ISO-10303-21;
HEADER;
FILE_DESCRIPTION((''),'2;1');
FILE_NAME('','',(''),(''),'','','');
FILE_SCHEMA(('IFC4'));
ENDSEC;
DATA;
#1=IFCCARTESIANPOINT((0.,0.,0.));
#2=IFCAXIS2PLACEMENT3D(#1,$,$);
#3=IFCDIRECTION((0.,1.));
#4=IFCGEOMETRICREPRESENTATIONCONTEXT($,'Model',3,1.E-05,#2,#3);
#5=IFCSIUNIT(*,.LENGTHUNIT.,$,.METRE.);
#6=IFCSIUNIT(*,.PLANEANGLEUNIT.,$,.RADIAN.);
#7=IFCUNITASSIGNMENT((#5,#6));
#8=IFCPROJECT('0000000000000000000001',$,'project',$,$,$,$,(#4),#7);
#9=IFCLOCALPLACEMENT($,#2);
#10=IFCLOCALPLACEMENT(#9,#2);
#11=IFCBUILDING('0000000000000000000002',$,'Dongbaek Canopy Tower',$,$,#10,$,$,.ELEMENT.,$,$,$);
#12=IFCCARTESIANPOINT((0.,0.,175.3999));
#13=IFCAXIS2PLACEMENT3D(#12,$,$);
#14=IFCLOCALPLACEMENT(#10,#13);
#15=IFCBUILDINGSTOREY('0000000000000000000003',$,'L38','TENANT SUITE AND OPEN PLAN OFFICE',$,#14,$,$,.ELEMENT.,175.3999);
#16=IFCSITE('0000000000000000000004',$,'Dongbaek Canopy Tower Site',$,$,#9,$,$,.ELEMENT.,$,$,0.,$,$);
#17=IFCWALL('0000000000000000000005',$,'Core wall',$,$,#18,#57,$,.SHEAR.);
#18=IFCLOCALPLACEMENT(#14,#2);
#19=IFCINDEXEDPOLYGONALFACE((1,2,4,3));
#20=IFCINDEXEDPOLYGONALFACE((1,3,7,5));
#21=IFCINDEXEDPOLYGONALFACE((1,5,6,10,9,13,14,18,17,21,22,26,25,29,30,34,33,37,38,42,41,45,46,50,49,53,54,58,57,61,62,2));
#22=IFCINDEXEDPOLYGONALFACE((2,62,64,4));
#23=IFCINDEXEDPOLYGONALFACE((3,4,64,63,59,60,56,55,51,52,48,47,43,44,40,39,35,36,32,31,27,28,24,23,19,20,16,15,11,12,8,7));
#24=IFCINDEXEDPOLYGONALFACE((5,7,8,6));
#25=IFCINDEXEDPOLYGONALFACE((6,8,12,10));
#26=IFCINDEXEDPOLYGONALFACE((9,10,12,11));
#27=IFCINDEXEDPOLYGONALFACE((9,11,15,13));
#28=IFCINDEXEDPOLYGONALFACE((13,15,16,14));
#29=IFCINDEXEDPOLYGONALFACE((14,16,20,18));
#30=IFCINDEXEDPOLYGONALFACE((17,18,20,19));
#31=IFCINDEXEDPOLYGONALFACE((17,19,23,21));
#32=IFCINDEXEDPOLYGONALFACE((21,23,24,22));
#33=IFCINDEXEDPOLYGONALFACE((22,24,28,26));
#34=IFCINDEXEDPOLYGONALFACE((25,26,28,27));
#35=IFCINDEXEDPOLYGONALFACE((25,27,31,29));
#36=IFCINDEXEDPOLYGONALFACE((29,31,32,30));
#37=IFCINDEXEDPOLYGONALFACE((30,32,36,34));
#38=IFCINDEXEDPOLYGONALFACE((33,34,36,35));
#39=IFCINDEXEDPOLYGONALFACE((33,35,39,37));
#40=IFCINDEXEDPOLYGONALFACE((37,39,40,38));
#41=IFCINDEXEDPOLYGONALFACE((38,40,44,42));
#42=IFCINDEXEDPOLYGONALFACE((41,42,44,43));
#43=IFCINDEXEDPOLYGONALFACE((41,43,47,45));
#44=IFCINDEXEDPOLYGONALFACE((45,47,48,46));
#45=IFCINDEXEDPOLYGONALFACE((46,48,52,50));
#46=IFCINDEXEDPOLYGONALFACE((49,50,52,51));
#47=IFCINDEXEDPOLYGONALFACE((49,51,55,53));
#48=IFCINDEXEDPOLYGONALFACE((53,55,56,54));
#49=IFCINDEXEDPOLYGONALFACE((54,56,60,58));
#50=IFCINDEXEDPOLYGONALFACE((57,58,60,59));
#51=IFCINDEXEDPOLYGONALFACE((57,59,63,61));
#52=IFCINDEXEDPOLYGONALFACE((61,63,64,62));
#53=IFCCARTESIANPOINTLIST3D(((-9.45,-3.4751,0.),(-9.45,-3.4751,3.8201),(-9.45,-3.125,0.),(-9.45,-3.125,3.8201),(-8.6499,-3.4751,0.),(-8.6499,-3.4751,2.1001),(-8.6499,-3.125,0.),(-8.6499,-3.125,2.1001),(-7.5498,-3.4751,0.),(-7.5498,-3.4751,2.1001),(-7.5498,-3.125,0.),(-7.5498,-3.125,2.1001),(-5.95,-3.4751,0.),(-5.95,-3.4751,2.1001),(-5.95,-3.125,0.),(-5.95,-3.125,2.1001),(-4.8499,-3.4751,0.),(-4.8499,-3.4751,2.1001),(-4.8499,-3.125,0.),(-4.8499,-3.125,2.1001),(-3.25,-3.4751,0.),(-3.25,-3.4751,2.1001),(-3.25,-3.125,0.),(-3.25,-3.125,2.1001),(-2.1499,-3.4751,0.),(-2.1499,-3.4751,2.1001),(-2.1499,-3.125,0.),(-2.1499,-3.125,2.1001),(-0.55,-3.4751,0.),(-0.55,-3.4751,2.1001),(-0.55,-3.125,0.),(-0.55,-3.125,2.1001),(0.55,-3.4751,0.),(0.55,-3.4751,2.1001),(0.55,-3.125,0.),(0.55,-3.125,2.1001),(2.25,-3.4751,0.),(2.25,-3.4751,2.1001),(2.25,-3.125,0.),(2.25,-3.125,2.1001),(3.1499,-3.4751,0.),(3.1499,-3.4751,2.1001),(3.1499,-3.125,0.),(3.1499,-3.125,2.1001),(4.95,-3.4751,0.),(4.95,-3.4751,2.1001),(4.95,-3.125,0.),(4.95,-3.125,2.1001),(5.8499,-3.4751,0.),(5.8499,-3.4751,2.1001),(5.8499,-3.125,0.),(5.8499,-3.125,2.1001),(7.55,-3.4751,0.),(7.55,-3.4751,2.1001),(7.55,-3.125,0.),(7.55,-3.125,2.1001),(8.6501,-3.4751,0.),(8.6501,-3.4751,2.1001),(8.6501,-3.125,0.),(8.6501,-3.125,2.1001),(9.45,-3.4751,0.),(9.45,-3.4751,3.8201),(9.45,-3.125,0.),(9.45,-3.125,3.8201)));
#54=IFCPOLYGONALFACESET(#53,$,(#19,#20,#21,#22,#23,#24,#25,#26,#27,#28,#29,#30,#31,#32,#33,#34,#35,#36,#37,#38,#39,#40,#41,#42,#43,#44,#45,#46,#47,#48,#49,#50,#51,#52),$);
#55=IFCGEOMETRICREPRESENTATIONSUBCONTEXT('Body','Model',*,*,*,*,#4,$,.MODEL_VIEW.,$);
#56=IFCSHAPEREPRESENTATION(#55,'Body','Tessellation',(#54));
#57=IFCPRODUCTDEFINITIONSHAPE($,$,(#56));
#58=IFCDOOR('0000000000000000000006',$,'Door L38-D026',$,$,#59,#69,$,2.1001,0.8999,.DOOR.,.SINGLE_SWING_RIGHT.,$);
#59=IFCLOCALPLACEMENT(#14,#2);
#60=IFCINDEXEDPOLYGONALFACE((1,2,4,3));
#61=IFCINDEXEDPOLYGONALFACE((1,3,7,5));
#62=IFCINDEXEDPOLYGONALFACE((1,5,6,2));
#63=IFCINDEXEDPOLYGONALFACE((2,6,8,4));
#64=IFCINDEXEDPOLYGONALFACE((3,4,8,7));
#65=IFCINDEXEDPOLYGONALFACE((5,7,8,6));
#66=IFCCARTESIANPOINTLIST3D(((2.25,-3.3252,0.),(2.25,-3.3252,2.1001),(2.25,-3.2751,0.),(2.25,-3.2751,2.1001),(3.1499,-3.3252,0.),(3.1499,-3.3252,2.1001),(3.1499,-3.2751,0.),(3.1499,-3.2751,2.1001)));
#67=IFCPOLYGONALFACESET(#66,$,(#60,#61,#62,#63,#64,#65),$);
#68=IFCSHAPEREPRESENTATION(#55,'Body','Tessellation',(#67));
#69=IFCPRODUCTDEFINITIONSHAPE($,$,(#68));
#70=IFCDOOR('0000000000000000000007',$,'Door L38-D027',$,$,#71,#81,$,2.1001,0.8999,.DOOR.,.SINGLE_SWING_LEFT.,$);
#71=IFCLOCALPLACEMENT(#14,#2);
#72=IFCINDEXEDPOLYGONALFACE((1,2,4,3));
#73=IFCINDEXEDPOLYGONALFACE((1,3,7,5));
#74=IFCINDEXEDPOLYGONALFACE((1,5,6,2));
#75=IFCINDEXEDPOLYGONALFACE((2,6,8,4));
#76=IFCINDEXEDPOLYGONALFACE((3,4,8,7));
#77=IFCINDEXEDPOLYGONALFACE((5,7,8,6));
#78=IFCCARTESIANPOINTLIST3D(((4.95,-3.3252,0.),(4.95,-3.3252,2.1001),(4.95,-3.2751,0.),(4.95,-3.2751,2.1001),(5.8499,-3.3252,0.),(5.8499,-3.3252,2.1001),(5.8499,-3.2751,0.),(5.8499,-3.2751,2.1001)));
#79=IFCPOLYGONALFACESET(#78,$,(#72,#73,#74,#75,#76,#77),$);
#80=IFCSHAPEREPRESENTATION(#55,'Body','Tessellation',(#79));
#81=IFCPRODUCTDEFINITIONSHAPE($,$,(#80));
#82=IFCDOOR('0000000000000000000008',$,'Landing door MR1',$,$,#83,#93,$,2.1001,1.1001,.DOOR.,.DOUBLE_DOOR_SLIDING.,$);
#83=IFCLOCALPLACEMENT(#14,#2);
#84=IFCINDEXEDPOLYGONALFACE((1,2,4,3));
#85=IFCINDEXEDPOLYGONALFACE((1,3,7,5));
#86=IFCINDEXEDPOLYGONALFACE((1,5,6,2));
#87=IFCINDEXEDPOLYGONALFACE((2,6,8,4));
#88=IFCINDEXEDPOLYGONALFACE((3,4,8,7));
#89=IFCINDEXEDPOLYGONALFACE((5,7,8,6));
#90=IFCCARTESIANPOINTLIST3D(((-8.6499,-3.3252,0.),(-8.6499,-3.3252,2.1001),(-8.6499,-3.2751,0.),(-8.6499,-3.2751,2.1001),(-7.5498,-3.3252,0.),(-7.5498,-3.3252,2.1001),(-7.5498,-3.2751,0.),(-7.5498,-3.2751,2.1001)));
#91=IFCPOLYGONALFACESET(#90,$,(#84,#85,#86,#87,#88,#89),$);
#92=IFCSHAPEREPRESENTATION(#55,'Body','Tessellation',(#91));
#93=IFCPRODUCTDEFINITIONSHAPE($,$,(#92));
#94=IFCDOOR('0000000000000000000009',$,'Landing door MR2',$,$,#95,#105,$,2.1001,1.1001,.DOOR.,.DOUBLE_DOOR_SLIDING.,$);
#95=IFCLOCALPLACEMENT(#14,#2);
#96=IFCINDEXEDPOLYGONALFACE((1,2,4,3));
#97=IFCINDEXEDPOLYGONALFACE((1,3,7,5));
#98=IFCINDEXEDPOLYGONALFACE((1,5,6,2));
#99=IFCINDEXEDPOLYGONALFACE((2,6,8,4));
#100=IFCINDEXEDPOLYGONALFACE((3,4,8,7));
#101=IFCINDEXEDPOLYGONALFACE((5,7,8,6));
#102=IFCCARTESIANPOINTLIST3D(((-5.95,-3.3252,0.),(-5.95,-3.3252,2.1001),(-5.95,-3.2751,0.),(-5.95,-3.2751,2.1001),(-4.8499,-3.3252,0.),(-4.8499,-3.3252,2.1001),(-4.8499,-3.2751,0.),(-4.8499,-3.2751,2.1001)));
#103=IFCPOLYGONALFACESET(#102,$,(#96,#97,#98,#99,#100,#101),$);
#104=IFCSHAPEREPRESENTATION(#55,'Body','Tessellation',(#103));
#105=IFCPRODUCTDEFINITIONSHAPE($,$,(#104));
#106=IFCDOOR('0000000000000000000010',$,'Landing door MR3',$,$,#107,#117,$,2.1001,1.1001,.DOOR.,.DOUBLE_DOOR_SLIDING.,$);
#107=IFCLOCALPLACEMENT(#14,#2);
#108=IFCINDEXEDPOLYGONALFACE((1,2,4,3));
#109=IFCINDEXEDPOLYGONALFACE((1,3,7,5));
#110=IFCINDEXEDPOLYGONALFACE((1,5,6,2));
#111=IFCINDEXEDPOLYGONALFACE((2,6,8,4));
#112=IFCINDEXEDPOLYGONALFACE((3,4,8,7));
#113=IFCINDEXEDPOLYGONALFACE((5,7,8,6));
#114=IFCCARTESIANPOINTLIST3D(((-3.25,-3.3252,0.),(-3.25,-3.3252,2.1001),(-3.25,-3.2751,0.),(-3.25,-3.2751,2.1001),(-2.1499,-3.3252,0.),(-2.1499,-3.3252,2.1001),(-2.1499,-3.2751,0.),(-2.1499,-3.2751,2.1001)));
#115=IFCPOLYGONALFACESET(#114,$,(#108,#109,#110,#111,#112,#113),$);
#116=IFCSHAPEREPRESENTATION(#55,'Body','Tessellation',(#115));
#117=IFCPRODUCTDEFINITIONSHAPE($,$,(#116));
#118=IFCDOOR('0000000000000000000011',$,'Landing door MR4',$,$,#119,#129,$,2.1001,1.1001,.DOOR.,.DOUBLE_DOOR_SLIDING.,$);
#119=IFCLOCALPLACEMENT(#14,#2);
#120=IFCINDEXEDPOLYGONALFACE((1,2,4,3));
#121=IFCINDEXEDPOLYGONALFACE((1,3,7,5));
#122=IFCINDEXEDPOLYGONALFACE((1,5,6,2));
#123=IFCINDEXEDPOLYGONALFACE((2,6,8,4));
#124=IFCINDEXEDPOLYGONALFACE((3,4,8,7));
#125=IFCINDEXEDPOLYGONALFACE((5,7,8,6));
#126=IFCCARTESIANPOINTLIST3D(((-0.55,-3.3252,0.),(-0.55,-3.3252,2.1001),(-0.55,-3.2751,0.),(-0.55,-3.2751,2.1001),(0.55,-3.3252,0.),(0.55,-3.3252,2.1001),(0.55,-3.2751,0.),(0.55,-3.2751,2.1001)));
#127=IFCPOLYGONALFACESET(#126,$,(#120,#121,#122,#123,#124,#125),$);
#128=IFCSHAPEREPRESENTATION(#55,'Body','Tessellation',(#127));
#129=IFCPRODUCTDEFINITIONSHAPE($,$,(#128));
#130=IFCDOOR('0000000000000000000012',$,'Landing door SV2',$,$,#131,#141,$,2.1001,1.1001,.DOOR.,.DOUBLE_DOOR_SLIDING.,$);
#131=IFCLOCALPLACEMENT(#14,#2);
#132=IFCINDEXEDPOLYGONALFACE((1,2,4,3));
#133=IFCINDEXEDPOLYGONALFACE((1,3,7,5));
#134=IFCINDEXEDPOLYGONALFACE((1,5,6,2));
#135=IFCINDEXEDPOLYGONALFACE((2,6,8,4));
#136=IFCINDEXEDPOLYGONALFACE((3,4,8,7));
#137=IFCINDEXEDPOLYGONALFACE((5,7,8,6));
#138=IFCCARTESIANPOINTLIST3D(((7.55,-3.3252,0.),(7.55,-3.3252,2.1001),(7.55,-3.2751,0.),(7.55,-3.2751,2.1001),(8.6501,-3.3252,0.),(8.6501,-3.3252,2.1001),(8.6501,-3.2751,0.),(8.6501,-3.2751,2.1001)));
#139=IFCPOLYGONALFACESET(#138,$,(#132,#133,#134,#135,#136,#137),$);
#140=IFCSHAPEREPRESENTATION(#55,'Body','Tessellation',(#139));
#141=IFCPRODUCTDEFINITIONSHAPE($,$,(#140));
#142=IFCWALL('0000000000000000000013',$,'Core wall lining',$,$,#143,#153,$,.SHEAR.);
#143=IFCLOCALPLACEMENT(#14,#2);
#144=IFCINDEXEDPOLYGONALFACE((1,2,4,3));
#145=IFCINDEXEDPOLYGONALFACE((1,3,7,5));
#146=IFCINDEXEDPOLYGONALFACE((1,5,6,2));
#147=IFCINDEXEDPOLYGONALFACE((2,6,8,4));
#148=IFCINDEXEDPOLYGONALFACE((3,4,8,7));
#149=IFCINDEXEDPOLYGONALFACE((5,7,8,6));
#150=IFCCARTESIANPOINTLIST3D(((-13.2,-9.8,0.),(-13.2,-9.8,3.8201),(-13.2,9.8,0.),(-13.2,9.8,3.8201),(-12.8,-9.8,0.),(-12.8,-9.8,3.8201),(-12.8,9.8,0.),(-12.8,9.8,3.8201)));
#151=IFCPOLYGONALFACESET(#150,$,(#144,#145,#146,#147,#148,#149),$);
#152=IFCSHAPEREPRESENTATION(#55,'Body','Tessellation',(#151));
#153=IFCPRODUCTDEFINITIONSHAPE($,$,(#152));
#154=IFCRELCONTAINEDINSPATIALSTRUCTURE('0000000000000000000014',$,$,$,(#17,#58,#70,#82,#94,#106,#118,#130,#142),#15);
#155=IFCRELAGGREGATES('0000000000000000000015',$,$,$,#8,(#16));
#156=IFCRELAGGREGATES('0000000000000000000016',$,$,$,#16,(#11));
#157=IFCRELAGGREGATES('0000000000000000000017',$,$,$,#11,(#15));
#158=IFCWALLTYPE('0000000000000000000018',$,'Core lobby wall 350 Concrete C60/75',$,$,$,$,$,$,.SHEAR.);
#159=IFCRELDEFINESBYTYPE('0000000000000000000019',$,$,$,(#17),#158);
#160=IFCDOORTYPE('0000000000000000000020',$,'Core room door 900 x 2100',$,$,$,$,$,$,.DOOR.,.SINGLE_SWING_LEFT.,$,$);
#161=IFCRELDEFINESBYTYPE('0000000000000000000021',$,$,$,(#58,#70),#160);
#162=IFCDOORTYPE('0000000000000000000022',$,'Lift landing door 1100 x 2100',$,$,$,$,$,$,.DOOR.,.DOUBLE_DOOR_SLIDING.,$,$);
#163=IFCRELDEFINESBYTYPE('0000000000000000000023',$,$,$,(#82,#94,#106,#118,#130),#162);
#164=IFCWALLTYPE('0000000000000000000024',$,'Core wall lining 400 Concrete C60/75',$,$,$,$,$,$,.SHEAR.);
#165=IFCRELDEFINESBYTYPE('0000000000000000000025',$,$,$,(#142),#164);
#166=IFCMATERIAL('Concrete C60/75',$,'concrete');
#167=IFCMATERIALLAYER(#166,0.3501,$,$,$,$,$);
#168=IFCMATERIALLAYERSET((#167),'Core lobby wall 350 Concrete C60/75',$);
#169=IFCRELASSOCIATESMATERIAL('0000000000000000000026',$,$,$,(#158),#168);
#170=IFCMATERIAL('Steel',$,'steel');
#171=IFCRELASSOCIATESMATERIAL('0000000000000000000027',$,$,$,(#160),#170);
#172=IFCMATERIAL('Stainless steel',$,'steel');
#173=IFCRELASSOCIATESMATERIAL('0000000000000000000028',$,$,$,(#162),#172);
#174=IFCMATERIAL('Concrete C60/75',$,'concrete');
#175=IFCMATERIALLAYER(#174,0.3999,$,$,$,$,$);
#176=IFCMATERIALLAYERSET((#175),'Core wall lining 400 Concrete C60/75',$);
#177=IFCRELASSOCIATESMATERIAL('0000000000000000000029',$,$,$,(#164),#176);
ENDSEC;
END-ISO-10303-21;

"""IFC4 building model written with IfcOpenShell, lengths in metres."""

from ifc_helpers import new_model, si_unit, direction, frame, frame_2d, origin, place, context, subcontext, project, spatial, rectangle, extrude, material, layer, layer_set, type_object, element, fill, save


model = new_model("IFC4")

# Units and contexts
model_context = context("Model", 3, precision=1e-05, world=origin(), true_north=direction((0.0, 1.0)))
body_context = subcontext(model_context, "Body", "Model", "MODEL_VIEW")
ifc_project = project(units=[si_unit("LENGTHUNIT", "METRE"), si_unit("PLANEANGLEUNIT", "RADIAN")], contexts=[model_context])

# Site, building, storey
site_placement = place(None, origin())
site = spatial("IfcSite", under=ifc_project, at=site_placement, Name="Dongbaek Canopy Tower Site", CompositionType="ELEMENT", RefElevation=0.0)
building_placement = place(site_placement, origin())
building = spatial("IfcBuilding", under=site, at=building_placement, Name="Dongbaek Canopy Tower", CompositionType="ELEMENT")
storey_placement = place(building_placement, frame((0.0, 0.0, 175.3999)))
storey = spatial("IfcBuildingStorey", under=building, at=storey_placement, Name="L38", Description="TENANT SUITE AND OPEN PLAN OFFICE", CompositionType="ELEMENT", Elevation=175.3999)

# Wall, openings, doors
ifc_material_1 = material(Name="Concrete C60/75", Category="concrete")
ifc_layer_1 = layer(ifc_material_1, 0.3501)
ifc_layer_set_1 = layer_set([ifc_layer_1], Name="Core lobby wall 350 Concrete C60/75")
wall_type_1 = type_object("IfcWallType", Name="Core lobby wall 350 Concrete C60/75", PredefinedType="SHEAR", material=ifc_layer_set_1)
wall_1_placement = place(storey_placement, frame((-9.45, -3.3, 0.0), z_axis=(0.0, 0.0, 1.0), x_axis=(1.0, 0.0, 0.0)))
wall_1 = element("IfcWall", 1, at=wall_1_placement, inside=storey, type_object=wall_type_1, Name="Core wall", PredefinedType="SHEAR", context=body_context, shape_type="SweptSolid", body=[
    extrude(rectangle(XDim=18.8999, YDim=0.3501, at=frame_2d((9.45, 0.0))), origin(), (0.0, 0.0, 1.0), 3.8201),
])
opening_1_placement = place(wall_1_placement, frame((0.8, 0.0, 0.0)))
opening_1 = element("IfcOpeningElement", 2, at=opening_1_placement, cuts=wall_1, PredefinedType="OPENING", context=body_context, shape_type="SweptSolid", body=[
    extrude(rectangle(XDim=1.1001, YDim=2.1001, at=frame_2d((0.55, 1.05))), frame((0.0, 0.1851, 0.0), z_axis=(0.0, -1.0, 0.0), x_axis=(1.0, 0.0, 0.0)), (0.0, 0.0, 1.0), 0.3701),
])
opening_2_placement = place(wall_1_placement, frame((3.5, 0.0, 0.0)))
opening_2 = element("IfcOpeningElement", 3, at=opening_2_placement, cuts=wall_1, PredefinedType="OPENING", context=body_context, shape_type="SweptSolid", body=[
    extrude(rectangle(XDim=1.1001, YDim=2.1001, at=frame_2d((0.55, 1.05))), frame((0.0, 0.1851, 0.0), z_axis=(0.0, -1.0, 0.0), x_axis=(1.0, 0.0, 0.0)), (0.0, 0.0, 1.0), 0.3701),
])
opening_3_placement = place(wall_1_placement, frame((6.2, 0.0, 0.0)))
opening_3 = element("IfcOpeningElement", 4, at=opening_3_placement, cuts=wall_1, PredefinedType="OPENING", context=body_context, shape_type="SweptSolid", body=[
    extrude(rectangle(XDim=1.1001, YDim=2.1001, at=frame_2d((0.55, 1.05))), frame((0.0, 0.1851, 0.0), z_axis=(0.0, -1.0, 0.0), x_axis=(1.0, 0.0, 0.0)), (0.0, 0.0, 1.0), 0.3701),
])
opening_4_placement = place(wall_1_placement, frame((8.8999, 0.0, 0.0)))
opening_4 = element("IfcOpeningElement", 5, at=opening_4_placement, cuts=wall_1, PredefinedType="OPENING", context=body_context, shape_type="SweptSolid", body=[
    extrude(rectangle(XDim=1.1001, YDim=2.1001, at=frame_2d((0.55, 1.05))), frame((0.0, 0.1851, 0.0), z_axis=(0.0, -1.0, 0.0), x_axis=(1.0, 0.0, 0.0)), (0.0, 0.0, 1.0), 0.3701),
])
opening_5_placement = place(wall_1_placement, frame((17.0, 0.0, 0.0)))
opening_5 = element("IfcOpeningElement", 6, at=opening_5_placement, cuts=wall_1, PredefinedType="OPENING", context=body_context, shape_type="SweptSolid", body=[
    extrude(rectangle(XDim=1.1001, YDim=2.1001, at=frame_2d((0.55, 1.05))), frame((0.0, 0.1851, 0.0), z_axis=(0.0, -1.0, 0.0), x_axis=(1.0, 0.0, 0.0)), (0.0, 0.0, 1.0), 0.3701),
])
opening_6_placement = place(wall_1_placement, frame((11.7, 0.0, 0.0)))
opening_6 = element("IfcOpeningElement", 7, at=opening_6_placement, cuts=wall_1, PredefinedType="OPENING", context=body_context, shape_type="SweptSolid", body=[
    extrude(rectangle(XDim=0.8999, YDim=2.1001, at=frame_2d((0.45, 1.05))), frame((0.0, 0.1851, 0.0), z_axis=(0.0, -1.0, 0.0), x_axis=(1.0, 0.0, 0.0)), (0.0, 0.0, 1.0), 0.3701),
])
opening_7_placement = place(wall_1_placement, frame((14.3999, 0.0, 0.0)))
opening_7 = element("IfcOpeningElement", 8, at=opening_7_placement, cuts=wall_1, PredefinedType="OPENING", context=body_context, shape_type="SweptSolid", body=[
    extrude(rectangle(XDim=0.8999, YDim=2.1001, at=frame_2d((0.45, 1.05))), frame((0.0, 0.1851, 0.0), z_axis=(0.0, -1.0, 0.0), x_axis=(1.0, 0.0, 0.0)), (0.0, 0.0, 1.0), 0.3701),
])
ifc_material_2 = material(Name="Steel", Category="steel")
door_type_1 = type_object("IfcDoorType", Name="Core room door 900 x 2100", OperationType="SINGLE_SWING_LEFT", PredefinedType="DOOR", material=ifc_material_2)
door_1_placement = place(opening_6_placement, origin())
door_1 = element("IfcDoor", 9, at=door_1_placement, inside=storey, type_object=door_type_1, Name="Door L38-D026", OperationType="SINGLE_SWING_RIGHT", OverallHeight=2.1001, OverallWidth=0.8999, PredefinedType="DOOR", context=body_context, shape_type="SweptSolid", body=[
    extrude(rectangle(XDim=0.8999, YDim=2.1001, at=frame_2d((0.45, 1.05))), frame((0.0, 0.0249, 0.0), z_axis=(0.0, -1.0, 0.0), x_axis=(1.0, 0.0, 0.0)), (0.0, 0.0, 1.0), 0.05),
])
fill(opening_6, door_1)
door_2_placement = place(opening_7_placement, origin())
door_2 = element("IfcDoor", 10, at=door_2_placement, inside=storey, type_object=door_type_1, Name="Door L38-D027", OperationType="SINGLE_SWING_LEFT", OverallHeight=2.1001, OverallWidth=0.8999, PredefinedType="DOOR", context=body_context, shape_type="SweptSolid", body=[
    extrude(rectangle(XDim=0.8999, YDim=2.1001, at=frame_2d((0.45, 1.05))), frame((0.0, 0.0249, 0.0), z_axis=(0.0, -1.0, 0.0), x_axis=(1.0, 0.0, 0.0)), (0.0, 0.0, 1.0), 0.05),
])
fill(opening_7, door_2)
ifc_material_3 = material(Name="Stainless steel", Category="steel")
door_type_2 = type_object("IfcDoorType", Name="Lift landing door 1100 x 2100", OperationType="DOUBLE_DOOR_SLIDING", PredefinedType="DOOR", material=ifc_material_3)
door_3_placement = place(opening_1_placement, origin())
door_3 = element("IfcDoor", 11, at=door_3_placement, inside=storey, type_object=door_type_2, Name="Landing door MR1", OperationType="DOUBLE_DOOR_SLIDING", OverallHeight=2.1001, OverallWidth=1.1001, PredefinedType="DOOR", context=body_context, shape_type="SweptSolid", body=[
    extrude(rectangle(XDim=1.1001, YDim=2.1001, at=frame_2d((0.55, 1.05))), frame((0.0, 0.0249, 0.0), z_axis=(0.0, -1.0, 0.0), x_axis=(1.0, 0.0, 0.0)), (0.0, 0.0, 1.0), 0.05),
])
fill(opening_1, door_3)
door_4_placement = place(opening_2_placement, origin())
door_4 = element("IfcDoor", 12, at=door_4_placement, inside=storey, type_object=door_type_2, Name="Landing door MR2", OperationType="DOUBLE_DOOR_SLIDING", OverallHeight=2.1001, OverallWidth=1.1001, PredefinedType="DOOR", context=body_context, shape_type="SweptSolid", body=[
    extrude(rectangle(XDim=1.1001, YDim=2.1001, at=frame_2d((0.55, 1.05))), frame((0.0, 0.0249, 0.0), z_axis=(0.0, -1.0, 0.0), x_axis=(1.0, 0.0, 0.0)), (0.0, 0.0, 1.0), 0.05),
])
fill(opening_2, door_4)
door_5_placement = place(opening_3_placement, origin())
door_5 = element("IfcDoor", 13, at=door_5_placement, inside=storey, type_object=door_type_2, Name="Landing door MR3", OperationType="DOUBLE_DOOR_SLIDING", OverallHeight=2.1001, OverallWidth=1.1001, PredefinedType="DOOR", context=body_context, shape_type="SweptSolid", body=[
    extrude(rectangle(XDim=1.1001, YDim=2.1001, at=frame_2d((0.55, 1.05))), frame((0.0, 0.0249, 0.0), z_axis=(0.0, -1.0, 0.0), x_axis=(1.0, 0.0, 0.0)), (0.0, 0.0, 1.0), 0.05),
])
fill(opening_3, door_5)
door_6_placement = place(opening_4_placement, origin())
door_6 = element("IfcDoor", 14, at=door_6_placement, inside=storey, type_object=door_type_2, Name="Landing door MR4", OperationType="DOUBLE_DOOR_SLIDING", OverallHeight=2.1001, OverallWidth=1.1001, PredefinedType="DOOR", context=body_context, shape_type="SweptSolid", body=[
    extrude(rectangle(XDim=1.1001, YDim=2.1001, at=frame_2d((0.55, 1.05))), frame((0.0, 0.0249, 0.0), z_axis=(0.0, -1.0, 0.0), x_axis=(1.0, 0.0, 0.0)), (0.0, 0.0, 1.0), 0.05),
])
fill(opening_4, door_6)
door_7_placement = place(opening_5_placement, origin())
door_7 = element("IfcDoor", 15, at=door_7_placement, inside=storey, type_object=door_type_2, Name="Landing door SV2", OperationType="DOUBLE_DOOR_SLIDING", OverallHeight=2.1001, OverallWidth=1.1001, PredefinedType="DOOR", context=body_context, shape_type="SweptSolid", body=[
    extrude(rectangle(XDim=1.1001, YDim=2.1001, at=frame_2d((0.55, 1.05))), frame((0.0, 0.0249, 0.0), z_axis=(0.0, -1.0, 0.0), x_axis=(1.0, 0.0, 0.0)), (0.0, 0.0, 1.0), 0.05),
])
fill(opening_5, door_7)

# Wall
ifc_material_4 = material(Name="Concrete C60/75", Category="concrete")
ifc_layer_2 = layer(ifc_material_4, 0.3999)
ifc_layer_set_2 = layer_set([ifc_layer_2], Name="Core wall lining 400 Concrete C60/75")
wall_type_2 = type_object("IfcWallType", Name="Core wall lining 400 Concrete C60/75", PredefinedType="SHEAR", material=ifc_layer_set_2)
wall_2_placement = place(storey_placement, frame((-13.0, -9.8, 0.0), z_axis=(0.0, 0.0, 1.0), x_axis=(0.0, 1.0, 0.0)))
element("IfcWall", 16, at=wall_2_placement, inside=storey, type_object=wall_type_2, Name="Core wall lining", PredefinedType="SHEAR", context=body_context, shape_type="SweptSolid", body=[
    extrude(rectangle(XDim=19.6001, YDim=0.3999, at=frame_2d((9.8, 0.0))), origin(), (0.0, 0.0, 1.0), 3.8201),
])

save(model, "model.ifc")
